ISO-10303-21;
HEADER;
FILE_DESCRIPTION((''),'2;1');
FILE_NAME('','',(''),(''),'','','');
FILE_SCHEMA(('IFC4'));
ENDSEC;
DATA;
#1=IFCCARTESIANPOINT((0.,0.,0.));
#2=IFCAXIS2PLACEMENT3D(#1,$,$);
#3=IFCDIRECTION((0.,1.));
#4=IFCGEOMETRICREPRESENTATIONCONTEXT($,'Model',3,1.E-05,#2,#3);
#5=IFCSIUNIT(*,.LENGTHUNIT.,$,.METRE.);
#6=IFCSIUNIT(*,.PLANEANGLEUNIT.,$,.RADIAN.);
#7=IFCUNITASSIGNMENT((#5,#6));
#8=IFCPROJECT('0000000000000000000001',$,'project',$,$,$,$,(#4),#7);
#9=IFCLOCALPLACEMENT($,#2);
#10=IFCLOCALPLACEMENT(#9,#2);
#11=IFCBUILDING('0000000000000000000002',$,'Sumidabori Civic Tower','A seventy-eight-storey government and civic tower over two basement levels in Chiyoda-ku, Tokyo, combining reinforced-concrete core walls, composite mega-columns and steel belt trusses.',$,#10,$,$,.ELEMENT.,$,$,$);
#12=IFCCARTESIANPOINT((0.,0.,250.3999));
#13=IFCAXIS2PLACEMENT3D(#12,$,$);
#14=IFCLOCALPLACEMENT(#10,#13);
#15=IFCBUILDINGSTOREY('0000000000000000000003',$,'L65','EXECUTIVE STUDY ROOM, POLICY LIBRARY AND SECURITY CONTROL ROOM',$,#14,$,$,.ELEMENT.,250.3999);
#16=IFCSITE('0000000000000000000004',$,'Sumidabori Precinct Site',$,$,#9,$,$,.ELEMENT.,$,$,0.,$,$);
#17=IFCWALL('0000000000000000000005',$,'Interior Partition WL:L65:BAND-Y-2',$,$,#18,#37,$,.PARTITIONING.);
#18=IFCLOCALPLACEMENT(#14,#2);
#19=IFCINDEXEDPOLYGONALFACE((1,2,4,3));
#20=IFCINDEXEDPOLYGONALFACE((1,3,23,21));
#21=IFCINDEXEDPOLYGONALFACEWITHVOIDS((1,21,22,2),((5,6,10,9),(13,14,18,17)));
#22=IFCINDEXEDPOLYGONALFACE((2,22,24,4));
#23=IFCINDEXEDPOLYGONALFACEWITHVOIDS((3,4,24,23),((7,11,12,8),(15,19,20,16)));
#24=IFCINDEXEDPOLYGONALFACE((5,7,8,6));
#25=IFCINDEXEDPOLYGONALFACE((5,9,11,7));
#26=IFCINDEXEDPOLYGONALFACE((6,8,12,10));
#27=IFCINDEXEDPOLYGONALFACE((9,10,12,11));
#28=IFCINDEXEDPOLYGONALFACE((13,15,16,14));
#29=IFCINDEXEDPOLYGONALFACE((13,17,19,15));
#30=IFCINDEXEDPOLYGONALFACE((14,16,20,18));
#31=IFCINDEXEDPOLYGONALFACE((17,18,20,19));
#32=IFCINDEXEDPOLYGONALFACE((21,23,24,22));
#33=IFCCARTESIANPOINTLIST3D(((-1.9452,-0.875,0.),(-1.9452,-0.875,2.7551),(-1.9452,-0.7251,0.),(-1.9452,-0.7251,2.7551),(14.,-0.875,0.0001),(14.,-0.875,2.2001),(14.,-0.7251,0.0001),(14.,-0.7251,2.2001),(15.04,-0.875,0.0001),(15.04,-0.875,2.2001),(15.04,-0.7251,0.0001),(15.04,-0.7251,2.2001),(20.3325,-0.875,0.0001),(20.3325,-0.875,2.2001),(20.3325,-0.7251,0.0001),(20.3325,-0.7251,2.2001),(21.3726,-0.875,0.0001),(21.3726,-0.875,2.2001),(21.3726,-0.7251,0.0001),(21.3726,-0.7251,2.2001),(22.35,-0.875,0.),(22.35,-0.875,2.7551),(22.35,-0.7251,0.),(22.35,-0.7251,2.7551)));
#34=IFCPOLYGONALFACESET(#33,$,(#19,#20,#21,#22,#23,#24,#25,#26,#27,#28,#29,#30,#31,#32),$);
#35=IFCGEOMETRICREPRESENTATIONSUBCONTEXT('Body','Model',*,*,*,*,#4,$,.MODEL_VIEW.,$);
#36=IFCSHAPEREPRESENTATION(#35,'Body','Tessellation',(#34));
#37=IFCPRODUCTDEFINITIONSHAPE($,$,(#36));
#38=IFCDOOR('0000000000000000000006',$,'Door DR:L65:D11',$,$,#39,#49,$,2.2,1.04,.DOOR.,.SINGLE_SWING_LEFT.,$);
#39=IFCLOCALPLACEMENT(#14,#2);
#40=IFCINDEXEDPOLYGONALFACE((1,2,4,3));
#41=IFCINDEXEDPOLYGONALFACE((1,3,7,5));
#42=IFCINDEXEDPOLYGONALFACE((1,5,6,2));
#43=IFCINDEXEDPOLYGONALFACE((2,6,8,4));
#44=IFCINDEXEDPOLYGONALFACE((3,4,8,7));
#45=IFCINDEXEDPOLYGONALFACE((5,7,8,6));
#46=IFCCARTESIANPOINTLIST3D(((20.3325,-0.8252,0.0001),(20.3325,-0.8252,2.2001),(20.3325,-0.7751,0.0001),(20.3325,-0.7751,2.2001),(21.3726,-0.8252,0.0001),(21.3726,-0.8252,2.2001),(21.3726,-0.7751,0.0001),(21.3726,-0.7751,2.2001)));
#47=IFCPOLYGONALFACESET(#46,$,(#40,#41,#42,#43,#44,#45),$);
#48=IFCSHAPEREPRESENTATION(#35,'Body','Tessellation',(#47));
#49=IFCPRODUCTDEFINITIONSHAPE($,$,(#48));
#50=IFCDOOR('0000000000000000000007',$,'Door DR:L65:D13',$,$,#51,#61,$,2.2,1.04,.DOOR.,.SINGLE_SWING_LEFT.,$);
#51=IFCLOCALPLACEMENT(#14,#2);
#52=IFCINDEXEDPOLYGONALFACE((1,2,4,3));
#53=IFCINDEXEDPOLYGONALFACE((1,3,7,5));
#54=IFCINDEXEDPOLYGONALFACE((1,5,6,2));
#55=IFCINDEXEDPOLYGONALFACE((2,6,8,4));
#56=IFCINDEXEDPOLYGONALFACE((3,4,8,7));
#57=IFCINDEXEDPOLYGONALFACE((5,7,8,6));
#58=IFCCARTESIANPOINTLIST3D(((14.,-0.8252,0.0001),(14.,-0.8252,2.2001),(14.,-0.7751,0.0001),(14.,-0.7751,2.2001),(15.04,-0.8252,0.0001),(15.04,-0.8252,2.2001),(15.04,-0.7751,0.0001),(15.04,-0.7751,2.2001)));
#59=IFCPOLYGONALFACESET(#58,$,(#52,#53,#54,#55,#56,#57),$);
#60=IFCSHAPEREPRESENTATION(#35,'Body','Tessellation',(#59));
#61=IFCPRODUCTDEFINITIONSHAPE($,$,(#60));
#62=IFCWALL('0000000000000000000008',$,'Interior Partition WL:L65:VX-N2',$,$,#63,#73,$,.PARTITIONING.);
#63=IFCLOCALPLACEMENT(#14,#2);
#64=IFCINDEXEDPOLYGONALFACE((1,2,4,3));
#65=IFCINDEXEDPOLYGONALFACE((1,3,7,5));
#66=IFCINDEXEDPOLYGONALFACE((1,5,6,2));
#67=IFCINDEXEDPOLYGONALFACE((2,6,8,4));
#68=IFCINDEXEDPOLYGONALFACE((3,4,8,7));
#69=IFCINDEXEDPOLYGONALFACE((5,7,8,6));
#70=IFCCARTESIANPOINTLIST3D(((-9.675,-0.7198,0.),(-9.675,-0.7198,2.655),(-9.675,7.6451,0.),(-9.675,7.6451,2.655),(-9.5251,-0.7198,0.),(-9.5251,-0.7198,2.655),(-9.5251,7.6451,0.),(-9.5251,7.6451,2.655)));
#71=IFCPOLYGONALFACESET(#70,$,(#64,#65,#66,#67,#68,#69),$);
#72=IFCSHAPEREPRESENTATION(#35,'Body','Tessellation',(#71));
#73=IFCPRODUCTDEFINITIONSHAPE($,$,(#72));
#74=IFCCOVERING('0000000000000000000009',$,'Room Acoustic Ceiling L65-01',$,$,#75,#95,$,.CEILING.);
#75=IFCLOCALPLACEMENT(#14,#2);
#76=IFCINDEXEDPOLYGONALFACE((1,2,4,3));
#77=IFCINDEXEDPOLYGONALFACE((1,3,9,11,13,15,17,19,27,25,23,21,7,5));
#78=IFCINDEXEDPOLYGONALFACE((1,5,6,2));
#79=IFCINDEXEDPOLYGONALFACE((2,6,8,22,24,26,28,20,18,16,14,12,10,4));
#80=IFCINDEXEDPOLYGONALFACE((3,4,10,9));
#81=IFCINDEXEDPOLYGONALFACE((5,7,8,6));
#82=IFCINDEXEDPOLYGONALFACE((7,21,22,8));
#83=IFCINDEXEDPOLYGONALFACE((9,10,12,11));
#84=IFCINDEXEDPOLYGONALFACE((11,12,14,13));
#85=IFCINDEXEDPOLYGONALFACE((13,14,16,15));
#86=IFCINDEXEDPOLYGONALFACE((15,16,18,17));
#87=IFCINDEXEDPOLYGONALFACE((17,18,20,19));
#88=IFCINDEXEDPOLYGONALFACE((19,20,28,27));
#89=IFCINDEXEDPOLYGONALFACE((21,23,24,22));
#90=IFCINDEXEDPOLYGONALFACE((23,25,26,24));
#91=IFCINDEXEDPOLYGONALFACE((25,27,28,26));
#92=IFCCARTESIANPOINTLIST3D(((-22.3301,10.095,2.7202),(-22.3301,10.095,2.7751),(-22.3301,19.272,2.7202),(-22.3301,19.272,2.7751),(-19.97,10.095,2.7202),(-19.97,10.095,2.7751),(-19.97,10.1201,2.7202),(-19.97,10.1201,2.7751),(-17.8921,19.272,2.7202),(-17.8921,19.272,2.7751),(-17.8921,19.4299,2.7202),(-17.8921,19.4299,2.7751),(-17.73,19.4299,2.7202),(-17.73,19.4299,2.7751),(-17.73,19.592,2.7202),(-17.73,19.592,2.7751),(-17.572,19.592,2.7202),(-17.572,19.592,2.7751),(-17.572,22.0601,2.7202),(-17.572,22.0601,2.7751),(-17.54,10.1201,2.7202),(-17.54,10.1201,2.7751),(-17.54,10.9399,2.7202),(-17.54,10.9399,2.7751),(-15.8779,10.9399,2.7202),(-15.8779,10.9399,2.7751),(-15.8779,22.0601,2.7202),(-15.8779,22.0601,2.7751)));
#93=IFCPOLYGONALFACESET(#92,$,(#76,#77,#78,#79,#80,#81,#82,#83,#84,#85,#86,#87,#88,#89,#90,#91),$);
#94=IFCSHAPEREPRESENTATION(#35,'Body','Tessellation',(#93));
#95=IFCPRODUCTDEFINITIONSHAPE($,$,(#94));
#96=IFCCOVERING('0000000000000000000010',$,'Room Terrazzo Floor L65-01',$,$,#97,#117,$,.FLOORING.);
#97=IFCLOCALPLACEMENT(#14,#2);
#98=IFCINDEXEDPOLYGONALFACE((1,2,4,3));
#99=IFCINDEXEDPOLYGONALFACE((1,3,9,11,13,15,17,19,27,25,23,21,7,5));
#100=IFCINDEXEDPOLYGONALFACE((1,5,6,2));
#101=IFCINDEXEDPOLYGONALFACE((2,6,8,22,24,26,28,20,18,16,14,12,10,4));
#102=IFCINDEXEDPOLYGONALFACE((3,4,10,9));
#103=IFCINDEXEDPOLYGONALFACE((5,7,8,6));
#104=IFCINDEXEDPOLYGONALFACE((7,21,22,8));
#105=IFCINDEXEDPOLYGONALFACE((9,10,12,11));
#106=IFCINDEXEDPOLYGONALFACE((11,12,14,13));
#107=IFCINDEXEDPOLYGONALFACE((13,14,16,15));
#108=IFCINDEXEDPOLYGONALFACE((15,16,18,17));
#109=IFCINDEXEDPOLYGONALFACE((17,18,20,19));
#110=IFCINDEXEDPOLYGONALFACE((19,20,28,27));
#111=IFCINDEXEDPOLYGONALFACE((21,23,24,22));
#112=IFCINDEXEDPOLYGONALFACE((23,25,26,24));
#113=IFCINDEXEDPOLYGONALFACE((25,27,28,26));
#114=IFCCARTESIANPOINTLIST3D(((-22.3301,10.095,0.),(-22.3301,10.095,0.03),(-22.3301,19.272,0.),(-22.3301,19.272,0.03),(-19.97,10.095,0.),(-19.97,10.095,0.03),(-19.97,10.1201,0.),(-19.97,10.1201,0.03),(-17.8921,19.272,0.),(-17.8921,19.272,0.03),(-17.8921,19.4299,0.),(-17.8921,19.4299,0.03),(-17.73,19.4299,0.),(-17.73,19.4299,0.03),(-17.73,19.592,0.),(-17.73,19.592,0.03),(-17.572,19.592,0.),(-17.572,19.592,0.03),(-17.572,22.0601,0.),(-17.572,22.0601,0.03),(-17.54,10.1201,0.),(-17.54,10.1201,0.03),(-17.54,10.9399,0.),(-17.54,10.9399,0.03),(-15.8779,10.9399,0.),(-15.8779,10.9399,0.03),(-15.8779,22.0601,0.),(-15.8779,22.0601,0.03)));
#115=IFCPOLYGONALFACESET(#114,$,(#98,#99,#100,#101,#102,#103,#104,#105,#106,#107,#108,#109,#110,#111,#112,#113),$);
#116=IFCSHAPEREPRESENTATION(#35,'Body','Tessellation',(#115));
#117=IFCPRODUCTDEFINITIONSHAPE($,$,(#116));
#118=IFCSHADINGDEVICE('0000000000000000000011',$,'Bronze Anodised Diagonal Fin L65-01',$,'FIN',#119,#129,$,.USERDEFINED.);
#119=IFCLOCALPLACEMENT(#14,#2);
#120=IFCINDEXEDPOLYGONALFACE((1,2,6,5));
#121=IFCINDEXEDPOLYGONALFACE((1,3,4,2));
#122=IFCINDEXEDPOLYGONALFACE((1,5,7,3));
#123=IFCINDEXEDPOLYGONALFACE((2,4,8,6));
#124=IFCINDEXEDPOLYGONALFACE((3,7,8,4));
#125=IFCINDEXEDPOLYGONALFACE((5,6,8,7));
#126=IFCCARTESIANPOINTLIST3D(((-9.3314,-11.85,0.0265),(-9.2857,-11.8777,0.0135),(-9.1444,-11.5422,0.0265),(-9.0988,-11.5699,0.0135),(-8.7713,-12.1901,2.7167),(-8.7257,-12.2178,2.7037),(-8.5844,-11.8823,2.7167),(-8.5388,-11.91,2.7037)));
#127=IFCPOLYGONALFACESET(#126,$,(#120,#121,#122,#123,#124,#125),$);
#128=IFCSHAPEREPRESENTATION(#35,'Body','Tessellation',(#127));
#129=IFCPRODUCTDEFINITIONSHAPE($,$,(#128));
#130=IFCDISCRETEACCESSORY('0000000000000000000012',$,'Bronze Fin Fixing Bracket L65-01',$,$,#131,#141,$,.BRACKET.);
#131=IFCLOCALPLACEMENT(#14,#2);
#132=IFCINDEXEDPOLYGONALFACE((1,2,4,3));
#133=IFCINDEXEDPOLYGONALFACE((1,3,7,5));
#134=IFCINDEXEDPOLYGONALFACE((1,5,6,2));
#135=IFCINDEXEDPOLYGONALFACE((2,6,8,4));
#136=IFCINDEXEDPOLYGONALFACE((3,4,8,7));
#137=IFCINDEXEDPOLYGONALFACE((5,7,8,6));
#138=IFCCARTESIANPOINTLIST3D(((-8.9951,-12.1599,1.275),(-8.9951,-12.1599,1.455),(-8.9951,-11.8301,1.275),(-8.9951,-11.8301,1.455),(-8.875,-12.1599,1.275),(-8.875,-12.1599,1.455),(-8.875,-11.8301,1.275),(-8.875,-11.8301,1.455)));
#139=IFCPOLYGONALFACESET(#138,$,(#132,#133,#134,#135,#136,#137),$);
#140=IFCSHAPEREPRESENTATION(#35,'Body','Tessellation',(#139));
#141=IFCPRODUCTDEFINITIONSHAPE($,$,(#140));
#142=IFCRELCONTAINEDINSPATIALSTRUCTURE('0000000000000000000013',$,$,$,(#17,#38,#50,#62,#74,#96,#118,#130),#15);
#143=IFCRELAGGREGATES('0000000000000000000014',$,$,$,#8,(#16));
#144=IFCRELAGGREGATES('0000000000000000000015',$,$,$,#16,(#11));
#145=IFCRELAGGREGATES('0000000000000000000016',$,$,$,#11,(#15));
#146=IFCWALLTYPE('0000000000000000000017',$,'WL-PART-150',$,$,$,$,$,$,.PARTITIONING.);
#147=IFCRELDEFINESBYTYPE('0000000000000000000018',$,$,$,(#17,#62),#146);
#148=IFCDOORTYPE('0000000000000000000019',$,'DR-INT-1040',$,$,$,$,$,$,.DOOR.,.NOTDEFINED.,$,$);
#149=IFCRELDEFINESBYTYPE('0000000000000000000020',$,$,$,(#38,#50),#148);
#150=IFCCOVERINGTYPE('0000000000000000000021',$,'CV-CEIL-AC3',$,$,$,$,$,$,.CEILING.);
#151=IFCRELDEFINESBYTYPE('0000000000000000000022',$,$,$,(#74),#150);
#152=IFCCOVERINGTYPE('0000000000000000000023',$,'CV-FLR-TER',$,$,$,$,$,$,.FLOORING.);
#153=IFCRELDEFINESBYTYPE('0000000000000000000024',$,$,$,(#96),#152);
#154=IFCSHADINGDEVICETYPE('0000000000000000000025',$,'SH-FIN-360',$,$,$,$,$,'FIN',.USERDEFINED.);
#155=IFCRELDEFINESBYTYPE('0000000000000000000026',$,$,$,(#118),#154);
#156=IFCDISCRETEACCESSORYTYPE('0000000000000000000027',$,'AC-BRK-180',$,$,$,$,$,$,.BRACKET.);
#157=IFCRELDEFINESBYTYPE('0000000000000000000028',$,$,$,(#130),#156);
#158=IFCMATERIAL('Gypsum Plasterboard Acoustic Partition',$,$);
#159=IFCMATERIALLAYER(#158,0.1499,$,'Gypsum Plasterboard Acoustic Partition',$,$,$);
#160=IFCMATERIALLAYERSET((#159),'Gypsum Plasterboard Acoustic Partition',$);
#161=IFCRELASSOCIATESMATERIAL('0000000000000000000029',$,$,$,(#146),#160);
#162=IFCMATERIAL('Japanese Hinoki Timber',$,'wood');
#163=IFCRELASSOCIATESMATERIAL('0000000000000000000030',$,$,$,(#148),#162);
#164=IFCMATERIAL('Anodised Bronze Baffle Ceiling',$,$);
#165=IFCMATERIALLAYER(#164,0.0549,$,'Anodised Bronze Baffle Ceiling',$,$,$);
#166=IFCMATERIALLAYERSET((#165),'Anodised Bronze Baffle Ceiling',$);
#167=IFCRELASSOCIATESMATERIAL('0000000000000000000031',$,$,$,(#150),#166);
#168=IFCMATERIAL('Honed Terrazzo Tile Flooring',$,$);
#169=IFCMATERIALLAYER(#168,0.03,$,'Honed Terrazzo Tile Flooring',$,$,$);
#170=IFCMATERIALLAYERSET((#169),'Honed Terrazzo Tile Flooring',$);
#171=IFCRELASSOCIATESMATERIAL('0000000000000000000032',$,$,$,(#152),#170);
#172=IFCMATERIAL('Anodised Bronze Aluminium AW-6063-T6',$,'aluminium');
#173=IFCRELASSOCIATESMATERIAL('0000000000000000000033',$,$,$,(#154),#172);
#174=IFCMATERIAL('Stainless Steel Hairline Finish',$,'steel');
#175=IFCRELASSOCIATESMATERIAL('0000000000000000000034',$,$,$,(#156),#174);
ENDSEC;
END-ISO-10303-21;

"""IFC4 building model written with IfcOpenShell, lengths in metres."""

from ifc_helpers import new_model, si_unit, direction, frame, frame_2d, origin, origin_2d, place, context, subcontext, project, spatial, polyline, rectangle, outline, extrude, source, transform, mapped, material, layer, layer_set, material_profile, profile_set, type_object, element, fill, save


model = new_model("IFC4")

# Units and contexts
model_context = context("Model", 3, precision=1e-05, world=origin(), true_north=direction((0.0, 1.0)))
body_context = subcontext(model_context, "Body", "Model", "MODEL_VIEW")
ifc_project = project(units=[si_unit("LENGTHUNIT", "METRE"), si_unit("PLANEANGLEUNIT", "RADIAN")], contexts=[model_context])

# Site, building, storey
site_placement = place(None, origin())
site = spatial("IfcSite", under=ifc_project, at=site_placement, Name="Sumidabori Precinct Site", CompositionType="ELEMENT", RefElevation=0.0)
building_placement = place(site_placement, origin())
building = spatial("IfcBuilding", under=site, at=building_placement, Name="Sumidabori Civic Tower", Description="A seventy-eight-storey government and civic tower over two basement levels in Chiyoda-ku, Tokyo, combining reinforced-concrete core walls, composite mega-columns and steel belt trusses.", CompositionType="ELEMENT")
storey_placement = place(building_placement, frame((0.0, 0.0, 250.3999)))
storey = spatial("IfcBuildingStorey", under=building, at=storey_placement, Name="L65", Description="EXECUTIVE STUDY ROOM, POLICY LIBRARY AND SECURITY CONTROL ROOM", CompositionType="ELEMENT", Elevation=250.3999)

# Shared definitions
ifc_material_1 = material(Name="Anodised Bronze Aluminium AW-6063-T6", Category="aluminium")

# Shared definitions
ifc_material_2 = material(Name="Gypsum Plasterboard Acoustic Partition")
ifc_layer_1 = layer(ifc_material_2, 0.1499, Name="Gypsum Plasterboard Acoustic Partition")
ifc_layer_set_1 = layer_set([ifc_layer_1], Name="Gypsum Plasterboard Acoustic Partition")
wall_type = type_object("IfcWallType", Name="WL-PART-150", PredefinedType="PARTITIONING", material=ifc_layer_set_1)
ifc_material_3 = material(Name="Japanese Hinoki Timber", Category="wood")
door_type = type_object("IfcDoorType", Name="DR-INT-1040", OperationType="NOTDEFINED", PredefinedType="DOOR", material=ifc_material_3)
shared_shape_1 = source(origin(), body_context, "Body", "SweptSolid", [
    extrude(rectangle(XDim=1.04, YDim=2.2, at=frame_2d((0.52, 1.1001))), frame((0.0, 0.0249, 0.0), z_axis=(0.0, -1.0, 0.0), x_axis=(1.0, 0.0, 0.0)), (0.0, 0.0, 1.0), 0.05),
])

# Wall, openings, doors
shared_shape_2 = source(origin(), body_context, "Body", "SweptSolid", [
    extrude(rectangle(XDim=24.2952, YDim=0.1499, at=frame_2d((12.1475, 0.0))), origin(), (0.0, 0.0, 1.0), 2.7551),
])
wall_1_placement = place(storey_placement, frame((-1.9451, -0.8, 0.0), z_axis=(0.0, 0.0, 1.0), x_axis=(1.0, 0.0, 0.0)))
wall_1 = element("IfcWall", 1, at=wall_1_placement, inside=storey, type_object=wall_type, Name="Interior Partition WL:L65:BAND-Y-2", PredefinedType="PARTITIONING", context=body_context, shape_type="MappedRepresentation", body=[
    mapped(shared_shape_2, transform((0.0, 0.0, 0.0), x_axis=(1.0, 0.0, 0.0), y_axis=(0.0, 1.0, 0.0), z_axis=(0.0, 0.0, 1.0), scale=1.0)),
])
opening_1_placement = place(wall_1_placement, frame((22.2776, 0.0, 0.0)))
opening_1 = element("IfcOpeningElement", 2, at=opening_1_placement, cuts=wall_1, PredefinedType="OPENING", context=body_context, shape_type="SweptSolid", body=[
    extrude(rectangle(XDim=1.04, YDim=2.2, at=frame_2d((0.52, 1.1001))), frame((0.0, 0.0869, 0.0), z_axis=(0.0, -1.0, 0.0), x_axis=(1.0, 0.0, 0.0)), (0.0, 0.0, 1.0), 0.1738),
])
opening_2_placement = place(wall_1_placement, frame((15.9451, 0.0, 0.0)))
opening_2 = element("IfcOpeningElement", 3, at=opening_2_placement, cuts=wall_1, PredefinedType="OPENING", context=body_context, shape_type="SweptSolid", body=[
    extrude(rectangle(XDim=1.04, YDim=2.2, at=frame_2d((0.52, 1.1001))), frame((0.0, 0.0869, 0.0), z_axis=(0.0, -1.0, 0.0), x_axis=(1.0, 0.0, 0.0)), (0.0, 0.0, 1.0), 0.1738),
])
door_1_placement = place(opening_1_placement, origin())
door_1 = element("IfcDoor", 4, at=door_1_placement, inside=storey, type_object=door_type, Name="Door DR:L65:D11", OperationType="SINGLE_SWING_LEFT", OverallHeight=2.2, OverallWidth=1.04, PredefinedType="DOOR", context=body_context, shape_type="MappedRepresentation", body=[
    mapped(shared_shape_1, transform((0.0, 0.0, 0.0), x_axis=(1.0, 0.0, 0.0), y_axis=(0.0, 1.0, 0.0), z_axis=(0.0, 0.0, 1.0), scale=1.0)),
])
fill(opening_1, door_1)
door_2_placement = place(opening_2_placement, origin())
door_2 = element("IfcDoor", 5, at=door_2_placement, inside=storey, type_object=door_type, Name="Door DR:L65:D13", OperationType="SINGLE_SWING_LEFT", OverallHeight=2.2, OverallWidth=1.04, PredefinedType="DOOR", context=body_context, shape_type="MappedRepresentation", body=[
    mapped(shared_shape_1, transform((0.0, 0.0, 0.0), x_axis=(1.0, 0.0, 0.0), y_axis=(0.0, 1.0, 0.0), z_axis=(0.0, 0.0, 1.0), scale=1.0)),
])
fill(opening_2, door_2)

# Wall
shared_shape_3 = source(origin(), body_context, "Body", "SweptSolid", [
    extrude(rectangle(XDim=8.365, YDim=0.1499, at=frame_2d((4.1826, 0.0))), origin(), (0.0, 0.0, 1.0), 2.655),
])
wall_2_placement = place(storey_placement, frame((-9.6001, -0.72, 0.0), z_axis=(0.0, 0.0, 1.0), x_axis=(0.0, 1.0, 0.0)))
element("IfcWall", 6, at=wall_2_placement, inside=storey, type_object=wall_type, Name="Interior Partition WL:L65:VX-N2", PredefinedType="PARTITIONING", context=body_context, shape_type="MappedRepresentation", body=[
    mapped(shared_shape_3, transform((0.0, 0.0, 0.0), x_axis=(1.0, 0.0, 0.0), y_axis=(0.0, 1.0, 0.0), z_axis=(0.0, 0.0, 1.0), scale=1.0)),
])

# Coverings
ifc_material_4 = material(Name="Anodised Bronze Baffle Ceiling")
ifc_layer_2 = layer(ifc_material_4, 0.0549, Name="Anodised Bronze Baffle Ceiling")
ifc_layer_set_2 = layer_set([ifc_layer_2], Name="Anodised Bronze Baffle Ceiling")
covering_type_1 = type_object("IfcCoveringType", Name="CV-CEIL-AC3", PredefinedType="CEILING", material=ifc_layer_set_2)
covering_1_placement = place(storey_placement, frame((0.0, 0.0, 2.7202)))
element("IfcCovering", 7, at=covering_1_placement, inside=storey, type_object=covering_type_1, Name="Room Acoustic Ceiling L65-01", PredefinedType="CEILING", context=body_context, shape_type="SweptSolid", body=[
    extrude(outline(polyline([(-22.3301, 10.095), (-22.3301, 19.272), (-17.8921, 19.272), (-17.8921, 19.4299), (-17.73, 19.4299), (-17.73, 19.592), (-17.572, 19.592), (-17.572, 22.0601), (-15.8779, 22.0601), (-15.8779, 10.9399), (-17.54, 10.9399), (-17.54, 10.1201), (-19.97, 10.1201), (-19.97, 10.095), (-22.3301, 10.095)])), origin(), (0.0, 0.0, 1.0), 0.0549),
])
ifc_material_5 = material(Name="Honed Terrazzo Tile Flooring")
ifc_layer_3 = layer(ifc_material_5, 0.03, Name="Honed Terrazzo Tile Flooring")
ifc_layer_set_3 = layer_set([ifc_layer_3], Name="Honed Terrazzo Tile Flooring")
covering_type_2 = type_object("IfcCoveringType", Name="CV-FLR-TER", PredefinedType="FLOORING", material=ifc_layer_set_3)
covering_2_placement = place(storey_placement, origin())
element("IfcCovering", 8, at=covering_2_placement, inside=storey, type_object=covering_type_2, Name="Room Terrazzo Floor L65-01", PredefinedType="FLOORING", context=body_context, shape_type="SweptSolid", body=[
    extrude(outline(polyline([(-22.3301, 10.095), (-22.3301, 19.272), (-17.8921, 19.272), (-17.8921, 19.4299), (-17.73, 19.4299), (-17.73, 19.592), (-17.572, 19.592), (-17.572, 22.0601), (-15.8779, 22.0601), (-15.8779, 10.9399), (-17.54, 10.9399), (-17.54, 10.1201), (-19.97, 10.1201), (-19.97, 10.095), (-22.3301, 10.095)])), origin(), (0.0, 0.0, 1.0), 0.03),
])

# Shading device
ifc_material_profile_1 = material_profile(ifc_material_1, rectangle(XDim=0.0549, YDim=0.3601, at=origin_2d()), Name="BRONZE FIN 360x55")
ifc_profile_set_1 = profile_set([ifc_material_profile_1], Name="Anodised Bronze Aluminium AW-6063-T6")
shading_device_type = type_object("IfcShadingDeviceType", Name="SH-FIN-360", ElementType="FIN", PredefinedType="USERDEFINED", material=ifc_profile_set_1)
shared_shape_4 = source(origin(), body_context, "Body", "SweptSolid", [
    extrude(rectangle(XDim=0.0549, YDim=0.3601, at=origin_2d()), origin(), (0.0, 0.0, 1.0), 2.7688),
])
shading_device_placement = place(storey_placement, frame((-9.2151, -11.71, 0.02), z_axis=(0.202273, -0.122827, 0.971596), x_axis=(0.830474, -0.504294, -0.236645)))
element("IfcShadingDevice", 9, at=shading_device_placement, inside=storey, type_object=shading_device_type, Name="Bronze Anodised Diagonal Fin L65-01", ObjectType="FIN", PredefinedType="USERDEFINED", context=body_context, shape_type="MappedRepresentation", body=[
    mapped(shared_shape_4, transform((0.0, 0.0, 0.0), x_axis=(1.0, 0.0, 0.0), y_axis=(0.0, 1.0, 0.0), z_axis=(0.0, 0.0, 1.0), scale=1.0)),
])

# Discrete accessory
ifc_material_6 = material(Name="Stainless Steel Hairline Finish", Category="steel")
ifc_material_profile_2 = material_profile(ifc_material_6, rectangle(XDim=0.1201, YDim=0.1799, at=origin_2d()), Name="STEEL BRACKET 180x120")
ifc_profile_set_2 = profile_set([ifc_material_profile_2], Name="Stainless Steel Hairline Finish")
discrete_accessory_type = type_object("IfcDiscreteAccessoryType", Name="AC-BRK-180", PredefinedType="BRACKET", material=ifc_profile_set_2)
shared_shape_5 = source(origin(), body_context, "Body", "SweptSolid", [
    extrude(rectangle(XDim=0.1201, YDim=0.1799, at=origin_2d()), origin(), (0.0, 0.0, 1.0), 0.3298),
])
discrete_accessory_placement = place(storey_placement, frame((-8.9351, -11.8301, 1.365), z_axis=(0.0, -1.0, 0.0), x_axis=(1.0, 0.0, 0.0)))
element("IfcDiscreteAccessory", 10, at=discrete_accessory_placement, inside=storey, type_object=discrete_accessory_type, Name="Bronze Fin Fixing Bracket L65-01", PredefinedType="BRACKET", context=body_context, shape_type="MappedRepresentation", body=[
    mapped(shared_shape_5, transform((0.0, 0.0, 0.0), x_axis=(1.0, 0.0, 0.0), y_axis=(0.0, 1.0, 0.0), z_axis=(0.0, 0.0, 1.0), scale=1.0)),
])

save(model, "model.ifc")
